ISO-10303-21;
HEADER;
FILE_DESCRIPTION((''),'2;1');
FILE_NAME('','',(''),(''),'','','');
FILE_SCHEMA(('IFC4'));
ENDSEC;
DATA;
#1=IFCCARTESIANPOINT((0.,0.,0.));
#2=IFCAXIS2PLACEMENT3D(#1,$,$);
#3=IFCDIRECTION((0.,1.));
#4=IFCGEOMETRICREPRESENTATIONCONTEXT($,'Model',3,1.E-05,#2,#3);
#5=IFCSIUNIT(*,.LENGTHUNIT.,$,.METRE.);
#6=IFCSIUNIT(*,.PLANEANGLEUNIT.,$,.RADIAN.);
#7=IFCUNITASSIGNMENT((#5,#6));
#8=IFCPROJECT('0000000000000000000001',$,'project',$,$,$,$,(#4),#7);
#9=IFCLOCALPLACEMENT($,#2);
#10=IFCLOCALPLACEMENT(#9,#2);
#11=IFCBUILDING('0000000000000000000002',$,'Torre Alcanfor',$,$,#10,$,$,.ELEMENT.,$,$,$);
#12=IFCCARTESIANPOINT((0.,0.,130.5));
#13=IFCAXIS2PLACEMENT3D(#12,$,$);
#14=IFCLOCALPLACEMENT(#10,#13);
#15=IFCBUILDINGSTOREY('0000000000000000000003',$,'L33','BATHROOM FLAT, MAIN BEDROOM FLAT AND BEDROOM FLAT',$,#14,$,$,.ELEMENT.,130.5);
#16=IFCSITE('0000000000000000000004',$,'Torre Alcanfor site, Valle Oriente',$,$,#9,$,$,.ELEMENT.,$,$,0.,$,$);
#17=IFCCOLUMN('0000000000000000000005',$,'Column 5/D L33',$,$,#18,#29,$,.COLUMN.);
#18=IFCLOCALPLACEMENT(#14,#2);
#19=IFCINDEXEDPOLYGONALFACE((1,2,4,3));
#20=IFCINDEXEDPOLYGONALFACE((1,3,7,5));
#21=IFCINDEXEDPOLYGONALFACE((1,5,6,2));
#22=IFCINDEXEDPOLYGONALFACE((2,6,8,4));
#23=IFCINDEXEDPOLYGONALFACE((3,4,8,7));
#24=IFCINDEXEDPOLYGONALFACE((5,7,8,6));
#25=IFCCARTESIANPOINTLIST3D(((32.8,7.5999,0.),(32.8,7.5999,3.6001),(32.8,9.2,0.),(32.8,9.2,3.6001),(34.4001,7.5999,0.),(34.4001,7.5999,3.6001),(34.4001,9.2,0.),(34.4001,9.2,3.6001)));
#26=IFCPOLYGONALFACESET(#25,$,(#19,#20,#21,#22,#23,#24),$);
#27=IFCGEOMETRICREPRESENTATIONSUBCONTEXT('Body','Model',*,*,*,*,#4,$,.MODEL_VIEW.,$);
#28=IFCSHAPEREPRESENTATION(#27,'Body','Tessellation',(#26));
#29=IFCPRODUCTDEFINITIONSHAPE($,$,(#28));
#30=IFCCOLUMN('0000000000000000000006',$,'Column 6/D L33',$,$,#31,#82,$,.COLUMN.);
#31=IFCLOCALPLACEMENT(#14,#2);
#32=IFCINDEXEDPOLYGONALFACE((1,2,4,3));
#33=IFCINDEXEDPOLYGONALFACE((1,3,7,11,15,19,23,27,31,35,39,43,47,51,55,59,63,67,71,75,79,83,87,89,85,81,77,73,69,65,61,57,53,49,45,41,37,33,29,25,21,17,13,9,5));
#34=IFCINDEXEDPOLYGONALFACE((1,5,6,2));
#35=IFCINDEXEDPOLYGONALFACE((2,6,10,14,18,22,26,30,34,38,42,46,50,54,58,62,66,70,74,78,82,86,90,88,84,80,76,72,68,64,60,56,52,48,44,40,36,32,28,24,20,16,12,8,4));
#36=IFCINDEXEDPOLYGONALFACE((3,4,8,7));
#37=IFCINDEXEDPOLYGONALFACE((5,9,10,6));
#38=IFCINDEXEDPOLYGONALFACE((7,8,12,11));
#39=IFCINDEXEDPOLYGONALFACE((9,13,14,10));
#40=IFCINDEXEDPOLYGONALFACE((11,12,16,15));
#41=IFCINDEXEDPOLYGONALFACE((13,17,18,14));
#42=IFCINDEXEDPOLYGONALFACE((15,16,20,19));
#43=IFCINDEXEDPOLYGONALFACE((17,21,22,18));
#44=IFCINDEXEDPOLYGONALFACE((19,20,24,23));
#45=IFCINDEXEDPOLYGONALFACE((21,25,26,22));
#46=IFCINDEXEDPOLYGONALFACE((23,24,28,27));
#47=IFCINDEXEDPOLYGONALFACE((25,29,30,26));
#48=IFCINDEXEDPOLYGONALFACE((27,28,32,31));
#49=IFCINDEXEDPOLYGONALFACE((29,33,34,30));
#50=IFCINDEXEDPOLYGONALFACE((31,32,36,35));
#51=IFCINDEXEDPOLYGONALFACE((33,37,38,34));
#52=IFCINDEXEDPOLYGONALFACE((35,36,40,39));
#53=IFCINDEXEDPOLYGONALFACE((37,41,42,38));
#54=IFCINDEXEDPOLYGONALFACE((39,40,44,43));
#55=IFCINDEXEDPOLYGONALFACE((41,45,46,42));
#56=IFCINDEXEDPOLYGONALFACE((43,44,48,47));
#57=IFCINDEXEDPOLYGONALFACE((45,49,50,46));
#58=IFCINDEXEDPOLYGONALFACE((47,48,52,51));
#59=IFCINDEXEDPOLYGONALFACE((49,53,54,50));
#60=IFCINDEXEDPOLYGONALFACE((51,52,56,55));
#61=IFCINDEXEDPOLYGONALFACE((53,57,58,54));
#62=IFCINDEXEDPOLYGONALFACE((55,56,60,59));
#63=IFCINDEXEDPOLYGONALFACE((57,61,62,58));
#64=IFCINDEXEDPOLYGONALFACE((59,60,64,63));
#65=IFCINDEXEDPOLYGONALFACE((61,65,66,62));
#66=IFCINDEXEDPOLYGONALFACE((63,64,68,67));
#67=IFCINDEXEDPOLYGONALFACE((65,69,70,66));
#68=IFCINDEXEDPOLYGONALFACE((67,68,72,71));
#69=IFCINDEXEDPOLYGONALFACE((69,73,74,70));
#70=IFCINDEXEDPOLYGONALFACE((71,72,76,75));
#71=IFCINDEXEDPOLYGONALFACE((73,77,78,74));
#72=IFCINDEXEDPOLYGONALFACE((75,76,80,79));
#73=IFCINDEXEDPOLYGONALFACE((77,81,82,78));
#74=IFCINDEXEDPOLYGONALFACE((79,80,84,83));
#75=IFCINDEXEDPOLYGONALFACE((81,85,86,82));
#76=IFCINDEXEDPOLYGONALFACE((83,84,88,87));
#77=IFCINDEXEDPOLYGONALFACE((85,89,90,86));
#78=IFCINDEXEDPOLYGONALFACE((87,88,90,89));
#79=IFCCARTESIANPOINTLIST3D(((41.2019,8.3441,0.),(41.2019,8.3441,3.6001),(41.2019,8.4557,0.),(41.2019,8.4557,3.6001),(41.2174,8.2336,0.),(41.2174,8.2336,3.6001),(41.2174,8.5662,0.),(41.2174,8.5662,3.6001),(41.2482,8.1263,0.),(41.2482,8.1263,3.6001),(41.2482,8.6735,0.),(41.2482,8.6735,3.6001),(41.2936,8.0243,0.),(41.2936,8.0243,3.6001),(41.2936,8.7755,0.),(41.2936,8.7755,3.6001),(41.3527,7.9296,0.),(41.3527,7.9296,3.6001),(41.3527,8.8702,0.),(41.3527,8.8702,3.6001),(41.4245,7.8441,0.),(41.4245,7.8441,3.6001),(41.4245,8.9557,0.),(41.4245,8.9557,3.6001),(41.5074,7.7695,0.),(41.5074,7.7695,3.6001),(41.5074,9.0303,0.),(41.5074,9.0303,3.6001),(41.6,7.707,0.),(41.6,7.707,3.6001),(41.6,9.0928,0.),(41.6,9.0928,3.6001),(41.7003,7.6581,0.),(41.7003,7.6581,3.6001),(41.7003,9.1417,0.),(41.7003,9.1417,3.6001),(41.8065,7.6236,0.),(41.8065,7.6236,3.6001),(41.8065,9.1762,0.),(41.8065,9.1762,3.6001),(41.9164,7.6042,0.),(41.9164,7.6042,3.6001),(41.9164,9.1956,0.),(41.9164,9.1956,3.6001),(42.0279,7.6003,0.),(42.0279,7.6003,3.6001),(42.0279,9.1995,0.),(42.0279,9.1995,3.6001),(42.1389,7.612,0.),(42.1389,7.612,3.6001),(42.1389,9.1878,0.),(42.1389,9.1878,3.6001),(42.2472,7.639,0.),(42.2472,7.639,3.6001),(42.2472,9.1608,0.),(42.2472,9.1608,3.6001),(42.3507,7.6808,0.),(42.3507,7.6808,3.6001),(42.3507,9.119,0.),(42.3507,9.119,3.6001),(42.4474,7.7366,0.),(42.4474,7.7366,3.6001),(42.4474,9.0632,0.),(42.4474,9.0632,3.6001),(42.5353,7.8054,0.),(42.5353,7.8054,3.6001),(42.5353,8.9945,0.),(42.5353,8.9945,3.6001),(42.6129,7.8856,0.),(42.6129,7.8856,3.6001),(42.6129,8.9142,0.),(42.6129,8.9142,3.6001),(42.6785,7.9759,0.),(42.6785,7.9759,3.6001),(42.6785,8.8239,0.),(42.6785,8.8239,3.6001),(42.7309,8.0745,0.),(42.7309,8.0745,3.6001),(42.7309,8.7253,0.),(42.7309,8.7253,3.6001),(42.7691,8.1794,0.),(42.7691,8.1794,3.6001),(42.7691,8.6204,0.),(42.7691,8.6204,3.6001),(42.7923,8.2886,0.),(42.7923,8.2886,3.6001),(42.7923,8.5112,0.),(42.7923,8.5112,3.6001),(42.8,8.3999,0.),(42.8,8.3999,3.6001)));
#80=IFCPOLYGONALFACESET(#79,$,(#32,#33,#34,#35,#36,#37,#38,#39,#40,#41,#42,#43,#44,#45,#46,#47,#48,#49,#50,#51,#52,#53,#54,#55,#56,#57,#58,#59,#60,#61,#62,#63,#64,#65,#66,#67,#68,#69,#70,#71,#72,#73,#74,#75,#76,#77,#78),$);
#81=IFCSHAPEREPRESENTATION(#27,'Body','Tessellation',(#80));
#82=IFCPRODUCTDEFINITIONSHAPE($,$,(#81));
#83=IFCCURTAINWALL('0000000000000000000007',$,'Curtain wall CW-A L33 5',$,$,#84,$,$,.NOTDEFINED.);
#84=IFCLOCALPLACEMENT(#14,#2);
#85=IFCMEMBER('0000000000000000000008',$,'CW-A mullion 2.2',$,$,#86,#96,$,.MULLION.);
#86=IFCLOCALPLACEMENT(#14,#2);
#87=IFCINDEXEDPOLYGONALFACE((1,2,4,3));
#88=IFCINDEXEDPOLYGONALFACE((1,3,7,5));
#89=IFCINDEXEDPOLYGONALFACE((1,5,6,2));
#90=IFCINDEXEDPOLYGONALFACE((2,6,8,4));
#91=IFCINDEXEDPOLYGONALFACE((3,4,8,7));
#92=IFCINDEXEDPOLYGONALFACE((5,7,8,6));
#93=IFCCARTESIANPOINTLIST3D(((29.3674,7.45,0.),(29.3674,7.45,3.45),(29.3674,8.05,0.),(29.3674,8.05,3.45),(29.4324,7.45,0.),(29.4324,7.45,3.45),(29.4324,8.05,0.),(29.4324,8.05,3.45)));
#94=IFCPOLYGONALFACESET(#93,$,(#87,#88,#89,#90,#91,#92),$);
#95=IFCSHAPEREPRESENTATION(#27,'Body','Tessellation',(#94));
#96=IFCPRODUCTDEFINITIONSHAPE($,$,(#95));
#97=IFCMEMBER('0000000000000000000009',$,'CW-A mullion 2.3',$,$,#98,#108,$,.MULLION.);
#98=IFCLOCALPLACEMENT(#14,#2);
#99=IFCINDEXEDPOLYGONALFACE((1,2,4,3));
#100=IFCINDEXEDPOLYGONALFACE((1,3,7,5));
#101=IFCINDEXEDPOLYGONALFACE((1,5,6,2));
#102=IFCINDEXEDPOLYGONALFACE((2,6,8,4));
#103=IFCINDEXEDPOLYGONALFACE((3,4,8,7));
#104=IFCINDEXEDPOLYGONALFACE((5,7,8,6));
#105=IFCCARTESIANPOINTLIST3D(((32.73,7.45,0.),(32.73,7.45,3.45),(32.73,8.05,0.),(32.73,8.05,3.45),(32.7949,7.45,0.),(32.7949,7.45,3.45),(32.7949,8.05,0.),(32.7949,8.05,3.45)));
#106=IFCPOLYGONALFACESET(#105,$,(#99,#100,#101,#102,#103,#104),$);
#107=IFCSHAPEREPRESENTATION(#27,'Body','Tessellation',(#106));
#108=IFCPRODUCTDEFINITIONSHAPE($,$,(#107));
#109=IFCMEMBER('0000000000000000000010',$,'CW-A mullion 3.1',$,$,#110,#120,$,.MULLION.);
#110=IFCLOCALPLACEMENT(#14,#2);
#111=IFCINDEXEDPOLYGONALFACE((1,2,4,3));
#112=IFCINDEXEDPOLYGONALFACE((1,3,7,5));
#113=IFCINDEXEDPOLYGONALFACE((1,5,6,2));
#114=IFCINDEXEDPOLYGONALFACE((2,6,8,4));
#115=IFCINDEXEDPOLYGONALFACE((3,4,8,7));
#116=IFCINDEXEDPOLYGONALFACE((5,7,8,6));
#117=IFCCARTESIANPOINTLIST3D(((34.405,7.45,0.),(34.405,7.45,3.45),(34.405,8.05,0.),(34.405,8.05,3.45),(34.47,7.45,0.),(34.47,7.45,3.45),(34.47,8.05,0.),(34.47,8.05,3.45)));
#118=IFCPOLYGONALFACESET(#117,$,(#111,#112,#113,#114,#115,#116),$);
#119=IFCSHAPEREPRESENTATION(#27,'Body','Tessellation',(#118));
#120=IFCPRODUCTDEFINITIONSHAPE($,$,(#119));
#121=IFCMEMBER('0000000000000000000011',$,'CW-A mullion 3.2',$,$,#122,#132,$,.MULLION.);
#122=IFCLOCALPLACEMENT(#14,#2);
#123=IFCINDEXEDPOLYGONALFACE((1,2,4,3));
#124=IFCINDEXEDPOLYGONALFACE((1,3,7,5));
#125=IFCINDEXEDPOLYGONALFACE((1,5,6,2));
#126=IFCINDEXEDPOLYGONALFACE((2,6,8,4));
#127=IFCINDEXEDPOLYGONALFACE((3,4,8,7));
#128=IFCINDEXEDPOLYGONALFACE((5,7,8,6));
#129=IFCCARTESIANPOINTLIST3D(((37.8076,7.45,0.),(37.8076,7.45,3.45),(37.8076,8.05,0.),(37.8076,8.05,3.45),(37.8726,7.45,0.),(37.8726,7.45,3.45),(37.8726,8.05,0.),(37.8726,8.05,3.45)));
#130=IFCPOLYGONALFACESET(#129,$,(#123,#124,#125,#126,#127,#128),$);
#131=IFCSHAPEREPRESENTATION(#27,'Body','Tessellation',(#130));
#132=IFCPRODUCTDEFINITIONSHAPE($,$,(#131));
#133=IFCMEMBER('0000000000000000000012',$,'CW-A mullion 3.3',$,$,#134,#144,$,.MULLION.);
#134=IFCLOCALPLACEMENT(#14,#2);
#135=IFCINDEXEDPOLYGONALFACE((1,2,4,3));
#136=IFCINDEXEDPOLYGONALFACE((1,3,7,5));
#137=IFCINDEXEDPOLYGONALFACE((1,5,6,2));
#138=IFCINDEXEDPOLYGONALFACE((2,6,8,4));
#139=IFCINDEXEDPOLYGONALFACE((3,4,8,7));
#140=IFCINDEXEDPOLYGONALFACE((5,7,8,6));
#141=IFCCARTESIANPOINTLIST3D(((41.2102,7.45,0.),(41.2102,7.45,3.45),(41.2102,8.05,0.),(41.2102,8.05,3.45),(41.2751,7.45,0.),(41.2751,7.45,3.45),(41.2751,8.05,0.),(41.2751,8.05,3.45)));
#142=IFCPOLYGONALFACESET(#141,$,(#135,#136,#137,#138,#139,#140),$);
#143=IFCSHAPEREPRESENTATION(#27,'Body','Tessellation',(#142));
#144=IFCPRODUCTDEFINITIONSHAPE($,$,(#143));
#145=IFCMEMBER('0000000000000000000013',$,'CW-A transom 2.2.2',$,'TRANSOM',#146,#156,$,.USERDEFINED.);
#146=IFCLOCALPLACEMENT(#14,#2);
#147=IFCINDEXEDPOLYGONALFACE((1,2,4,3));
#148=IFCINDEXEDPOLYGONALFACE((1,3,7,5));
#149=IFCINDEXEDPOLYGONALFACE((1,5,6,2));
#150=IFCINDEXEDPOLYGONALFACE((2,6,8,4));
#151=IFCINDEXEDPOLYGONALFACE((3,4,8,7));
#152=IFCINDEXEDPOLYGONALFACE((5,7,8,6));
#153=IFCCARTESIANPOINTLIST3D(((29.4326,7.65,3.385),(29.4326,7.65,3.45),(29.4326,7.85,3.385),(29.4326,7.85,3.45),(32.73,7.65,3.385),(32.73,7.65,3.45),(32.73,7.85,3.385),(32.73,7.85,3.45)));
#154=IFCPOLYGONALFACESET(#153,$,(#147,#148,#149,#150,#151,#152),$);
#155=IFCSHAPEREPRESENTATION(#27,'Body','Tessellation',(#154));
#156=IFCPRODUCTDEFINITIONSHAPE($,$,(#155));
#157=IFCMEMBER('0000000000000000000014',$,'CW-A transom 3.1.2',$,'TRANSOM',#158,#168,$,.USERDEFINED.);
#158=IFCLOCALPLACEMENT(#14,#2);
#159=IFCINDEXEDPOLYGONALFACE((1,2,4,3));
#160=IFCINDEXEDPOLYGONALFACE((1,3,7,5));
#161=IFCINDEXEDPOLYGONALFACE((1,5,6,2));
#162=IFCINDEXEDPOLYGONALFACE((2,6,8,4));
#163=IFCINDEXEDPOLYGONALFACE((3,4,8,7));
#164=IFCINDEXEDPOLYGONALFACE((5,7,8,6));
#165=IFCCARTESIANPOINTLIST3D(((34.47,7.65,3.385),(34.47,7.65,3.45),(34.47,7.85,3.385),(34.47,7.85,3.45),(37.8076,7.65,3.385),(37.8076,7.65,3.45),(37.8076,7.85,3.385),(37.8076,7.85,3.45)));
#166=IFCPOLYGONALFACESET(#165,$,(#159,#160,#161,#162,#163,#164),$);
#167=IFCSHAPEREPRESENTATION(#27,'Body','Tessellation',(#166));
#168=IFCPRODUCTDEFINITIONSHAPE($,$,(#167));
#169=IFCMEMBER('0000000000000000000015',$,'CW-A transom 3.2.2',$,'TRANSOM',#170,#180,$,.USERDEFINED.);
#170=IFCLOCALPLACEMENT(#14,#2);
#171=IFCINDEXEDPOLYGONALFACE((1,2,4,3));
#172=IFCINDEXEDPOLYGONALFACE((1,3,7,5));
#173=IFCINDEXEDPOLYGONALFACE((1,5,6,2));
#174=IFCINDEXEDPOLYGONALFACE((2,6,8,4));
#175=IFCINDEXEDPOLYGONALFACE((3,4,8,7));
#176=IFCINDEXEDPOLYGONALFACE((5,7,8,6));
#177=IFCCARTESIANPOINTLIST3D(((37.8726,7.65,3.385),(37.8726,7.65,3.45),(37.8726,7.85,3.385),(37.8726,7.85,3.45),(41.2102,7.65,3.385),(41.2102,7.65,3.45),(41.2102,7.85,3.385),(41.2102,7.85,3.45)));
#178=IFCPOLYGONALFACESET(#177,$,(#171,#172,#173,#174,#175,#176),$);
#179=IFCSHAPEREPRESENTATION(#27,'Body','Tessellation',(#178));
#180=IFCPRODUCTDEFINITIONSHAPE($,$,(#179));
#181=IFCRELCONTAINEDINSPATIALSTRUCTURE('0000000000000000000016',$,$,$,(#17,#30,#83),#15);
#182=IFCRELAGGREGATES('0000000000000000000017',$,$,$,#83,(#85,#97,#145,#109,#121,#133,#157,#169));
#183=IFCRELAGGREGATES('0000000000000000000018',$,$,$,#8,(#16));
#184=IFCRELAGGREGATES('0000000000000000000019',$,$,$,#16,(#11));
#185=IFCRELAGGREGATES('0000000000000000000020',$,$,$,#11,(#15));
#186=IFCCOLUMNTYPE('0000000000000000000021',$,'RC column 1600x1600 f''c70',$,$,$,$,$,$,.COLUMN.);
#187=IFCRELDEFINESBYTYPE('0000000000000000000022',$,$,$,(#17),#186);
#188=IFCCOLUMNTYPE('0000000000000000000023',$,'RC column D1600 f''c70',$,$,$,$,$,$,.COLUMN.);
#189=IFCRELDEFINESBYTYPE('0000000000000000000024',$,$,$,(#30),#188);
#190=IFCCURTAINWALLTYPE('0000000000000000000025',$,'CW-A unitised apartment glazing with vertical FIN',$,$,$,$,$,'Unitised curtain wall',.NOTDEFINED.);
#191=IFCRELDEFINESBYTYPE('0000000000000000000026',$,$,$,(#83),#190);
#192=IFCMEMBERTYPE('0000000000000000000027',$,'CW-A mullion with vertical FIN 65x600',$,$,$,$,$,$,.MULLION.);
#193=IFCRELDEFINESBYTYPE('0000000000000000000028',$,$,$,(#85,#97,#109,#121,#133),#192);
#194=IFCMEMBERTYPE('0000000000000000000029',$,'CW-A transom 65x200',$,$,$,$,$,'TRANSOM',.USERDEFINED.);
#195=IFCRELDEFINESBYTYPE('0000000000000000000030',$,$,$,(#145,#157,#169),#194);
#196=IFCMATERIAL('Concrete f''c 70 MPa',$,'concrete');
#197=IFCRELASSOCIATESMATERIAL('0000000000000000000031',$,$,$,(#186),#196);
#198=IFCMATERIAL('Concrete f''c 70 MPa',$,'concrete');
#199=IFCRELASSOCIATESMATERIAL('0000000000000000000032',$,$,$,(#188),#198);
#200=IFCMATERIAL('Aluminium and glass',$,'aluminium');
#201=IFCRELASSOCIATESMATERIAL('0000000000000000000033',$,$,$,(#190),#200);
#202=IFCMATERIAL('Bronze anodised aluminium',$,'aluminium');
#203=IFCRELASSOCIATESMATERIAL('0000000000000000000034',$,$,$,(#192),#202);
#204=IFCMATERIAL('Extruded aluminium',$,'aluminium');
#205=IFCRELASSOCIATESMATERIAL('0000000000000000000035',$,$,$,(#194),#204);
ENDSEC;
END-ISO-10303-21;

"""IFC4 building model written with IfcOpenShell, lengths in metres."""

from ifc_helpers import new_model, si_unit, direction, frame, origin, origin_2d, place, context, subcontext, project, spatial, rectangle, circle, extrude, material, material_profile, profile_set, type_object, element, aggregate, save


model = new_model("IFC4")

# Units and contexts
model_context = context("Model", 3, precision=1e-05, world=origin(), true_north=direction((0.0, 1.0)))
body_context = subcontext(model_context, "Body", "Model", "MODEL_VIEW")
ifc_project = project(units=[si_unit("LENGTHUNIT", "METRE"), si_unit("PLANEANGLEUNIT", "RADIAN")], contexts=[model_context])

# Site, building, storey
site_placement = place(None, origin())
site = spatial("IfcSite", under=ifc_project, at=site_placement, Name="Torre Alcanfor site, Valle Oriente", CompositionType="ELEMENT", RefElevation=0.0)
building_placement = place(site_placement, origin())
building = spatial("IfcBuilding", under=site, at=building_placement, Name="Torre Alcanfor", CompositionType="ELEMENT")
storey_placement = place(building_placement, frame((0.0, 0.0, 130.5)))
storey = spatial("IfcBuildingStorey", under=building, at=storey_placement, Name="L33", Description="BATHROOM FLAT, MAIN BEDROOM FLAT AND BEDROOM FLAT", CompositionType="ELEMENT", Elevation=130.5)

# Columns
ifc_material_1 = material(Name="Concrete f'c 70 MPa", Category="concrete")
ifc_material_profile_1 = material_profile(ifc_material_1, rectangle(XDim=1.6001, YDim=1.6001, at=origin_2d()), Name="1600x1600")
ifc_profile_set_1 = profile_set([ifc_material_profile_1], Name="Concrete f'c 70 MPa")
column_type_1 = type_object("IfcColumnType", Name="RC column 1600x1600 f'c70", PredefinedType="COLUMN", material=ifc_profile_set_1)
column_1_placement = place(storey_placement, frame((33.6001, 8.3999, 0.0), z_axis=(0.0, 0.0, 1.0), x_axis=(1.0, 0.0, 0.0)))
element("IfcColumn", 1, at=column_1_placement, inside=storey, type_object=column_type_1, Name="Column 5/D L33", PredefinedType="COLUMN", context=body_context, shape_type="SweptSolid", body=[
    extrude(rectangle(XDim=1.6001, YDim=1.6001, at=origin_2d()), origin(), (0.0, 0.0, 1.0), 3.6001),
])
ifc_material_2 = material(Name="Concrete f'c 70 MPa", Category="concrete")
ifc_material_profile_2 = material_profile(ifc_material_2, circle(Radius=0.8, at=origin_2d()), Name="D1600")
ifc_profile_set_2 = profile_set([ifc_material_profile_2], Name="Concrete f'c 70 MPa")
column_type_2 = type_object("IfcColumnType", Name="RC column D1600 f'c70", PredefinedType="COLUMN", material=ifc_profile_set_2)
column_2_placement = place(storey_placement, frame((42.0, 8.3999, 0.0), z_axis=(0.0, 0.0, 1.0), x_axis=(1.0, 0.0, 0.0)))
element("IfcColumn", 2, at=column_2_placement, inside=storey, type_object=column_type_2, Name="Column 6/D L33", PredefinedType="COLUMN", context=body_context, shape_type="SweptSolid", body=[
    extrude(circle(Radius=0.8, at=origin_2d()), origin(), (0.0, 0.0, 1.0), 3.6001),
])

# Curtain wall, members
ifc_material_3 = material(Name="Aluminium and glass", Category="aluminium")
curtain_wall_type = type_object("IfcCurtainWallType", Name="CW-A unitised apartment glazing with vertical FIN", ElementType="Unitised curtain wall", PredefinedType="NOTDEFINED", material=ifc_material_3)
curtain_wall_placement = place(storey_placement, origin())
curtain_wall = element("IfcCurtainWall", 3, at=curtain_wall_placement, inside=storey, type_object=curtain_wall_type, Name="Curtain wall CW-A L33 5", PredefinedType="NOTDEFINED")
ifc_material_4 = material(Name="Bronze anodised aluminium", Category="aluminium")
ifc_material_profile_3 = material_profile(ifc_material_4, rectangle(XDim=0.6001, YDim=0.0649, at=origin_2d()), Name="CW-A mullion 65x600")
ifc_profile_set_3 = profile_set([ifc_material_profile_3], Name="Bronze anodised aluminium")
member_type_1 = type_object("IfcMemberType", Name="CW-A mullion with vertical FIN 65x600", PredefinedType="MULLION", material=ifc_profile_set_3)
member_1_placement = place(storey_placement, frame((29.3999, 7.75, 0.0), z_axis=(0.0, 0.0, 1.0), x_axis=(0.0, 1.0, 0.0)))
member_1 = element("IfcMember", 4, at=member_1_placement, type_object=member_type_1, Name="CW-A mullion 2.2", PredefinedType="MULLION", context=body_context, shape_type="SweptSolid", body=[
    extrude(rectangle(XDim=0.6001, YDim=0.0649, at=origin_2d()), origin(), (0.0, 0.0, 1.0), 3.45),
])
member_2_placement = place(storey_placement, frame((32.7625, 7.75, 0.0), z_axis=(0.0, 0.0, 1.0), x_axis=(0.0, 1.0, 0.0)))
member_2 = element("IfcMember", 5, at=member_2_placement, type_object=member_type_1, Name="CW-A mullion 2.3", PredefinedType="MULLION", context=body_context, shape_type="SweptSolid", body=[
    extrude(rectangle(XDim=0.6001, YDim=0.0649, at=origin_2d()), origin(), (0.0, 0.0, 1.0), 3.45),
])
member_3_placement = place(storey_placement, frame((34.4375, 7.75, 0.0), z_axis=(0.0, 0.0, 1.0), x_axis=(0.0, 1.0, 0.0)))
member_3 = element("IfcMember", 6, at=member_3_placement, type_object=member_type_1, Name="CW-A mullion 3.1", PredefinedType="MULLION", context=body_context, shape_type="SweptSolid", body=[
    extrude(rectangle(XDim=0.6001, YDim=0.0649, at=origin_2d()), origin(), (0.0, 0.0, 1.0), 3.45),
])
member_4_placement = place(storey_placement, frame((37.8401, 7.75, 0.0), z_axis=(0.0, 0.0, 1.0), x_axis=(0.0, 1.0, 0.0)))
member_4 = element("IfcMember", 7, at=member_4_placement, type_object=member_type_1, Name="CW-A mullion 3.2", PredefinedType="MULLION", context=body_context, shape_type="SweptSolid", body=[
    extrude(rectangle(XDim=0.6001, YDim=0.0649, at=origin_2d()), origin(), (0.0, 0.0, 1.0), 3.45),
])
member_5_placement = place(storey_placement, frame((41.2427, 7.75, 0.0), z_axis=(0.0, 0.0, 1.0), x_axis=(0.0, 1.0, 0.0)))
member_5 = element("IfcMember", 8, at=member_5_placement, type_object=member_type_1, Name="CW-A mullion 3.3", PredefinedType="MULLION", context=body_context, shape_type="SweptSolid", body=[
    extrude(rectangle(XDim=0.6001, YDim=0.0649, at=origin_2d()), origin(), (0.0, 0.0, 1.0), 3.45),
])
ifc_material_5 = material(Name="Extruded aluminium", Category="aluminium")
ifc_material_profile_4 = material_profile(ifc_material_5, rectangle(XDim=0.2, YDim=0.0649, at=origin_2d()), Name="CW-A transom 200x65")
ifc_profile_set_4 = profile_set([ifc_material_profile_4], Name="Extruded aluminium")
member_type_2 = type_object("IfcMemberType", Name="CW-A transom 65x200", ElementType="TRANSOM", PredefinedType="USERDEFINED", material=ifc_profile_set_4)
member_6_placement = place(storey_placement, frame((29.4326, 7.75, 3.4175), z_axis=(1.0, 0.0, 0.0), x_axis=(0.0, 1.0, 0.0)))
member_6 = element("IfcMember", 9, at=member_6_placement, type_object=member_type_2, Name="CW-A transom 2.2.2", ObjectType="TRANSOM", PredefinedType="USERDEFINED", context=body_context, shape_type="SweptSolid", body=[
    extrude(rectangle(XDim=0.2, YDim=0.0649, at=origin_2d()), origin(), (0.0, 0.0, 1.0), 3.2974),
])
member_7_placement = place(storey_placement, frame((34.47, 7.75, 3.4175), z_axis=(1.0, 0.0, 0.0), x_axis=(0.0, 1.0, 0.0)))
member_7 = element("IfcMember", 10, at=member_7_placement, type_object=member_type_2, Name="CW-A transom 3.1.2", ObjectType="TRANSOM", PredefinedType="USERDEFINED", context=body_context, shape_type="SweptSolid", body=[
    extrude(rectangle(XDim=0.2, YDim=0.0649, at=origin_2d()), origin(), (0.0, 0.0, 1.0), 3.3376),
])
member_8_placement = place(storey_placement, frame((37.8726, 7.75, 3.4175), z_axis=(1.0, 0.0, 0.0), x_axis=(0.0, 1.0, 0.0)))
member_8 = element("IfcMember", 11, at=member_8_placement, type_object=member_type_2, Name="CW-A transom 3.2.2", ObjectType="TRANSOM", PredefinedType="USERDEFINED", context=body_context, shape_type="SweptSolid", body=[
    extrude(rectangle(XDim=0.2, YDim=0.0649, at=origin_2d()), origin(), (0.0, 0.0, 1.0), 3.3376),
])

aggregate(curtain_wall, [member_1, member_2, member_6, member_3, member_4, member_5, member_7, member_8])

save(model, "model.ifc")
